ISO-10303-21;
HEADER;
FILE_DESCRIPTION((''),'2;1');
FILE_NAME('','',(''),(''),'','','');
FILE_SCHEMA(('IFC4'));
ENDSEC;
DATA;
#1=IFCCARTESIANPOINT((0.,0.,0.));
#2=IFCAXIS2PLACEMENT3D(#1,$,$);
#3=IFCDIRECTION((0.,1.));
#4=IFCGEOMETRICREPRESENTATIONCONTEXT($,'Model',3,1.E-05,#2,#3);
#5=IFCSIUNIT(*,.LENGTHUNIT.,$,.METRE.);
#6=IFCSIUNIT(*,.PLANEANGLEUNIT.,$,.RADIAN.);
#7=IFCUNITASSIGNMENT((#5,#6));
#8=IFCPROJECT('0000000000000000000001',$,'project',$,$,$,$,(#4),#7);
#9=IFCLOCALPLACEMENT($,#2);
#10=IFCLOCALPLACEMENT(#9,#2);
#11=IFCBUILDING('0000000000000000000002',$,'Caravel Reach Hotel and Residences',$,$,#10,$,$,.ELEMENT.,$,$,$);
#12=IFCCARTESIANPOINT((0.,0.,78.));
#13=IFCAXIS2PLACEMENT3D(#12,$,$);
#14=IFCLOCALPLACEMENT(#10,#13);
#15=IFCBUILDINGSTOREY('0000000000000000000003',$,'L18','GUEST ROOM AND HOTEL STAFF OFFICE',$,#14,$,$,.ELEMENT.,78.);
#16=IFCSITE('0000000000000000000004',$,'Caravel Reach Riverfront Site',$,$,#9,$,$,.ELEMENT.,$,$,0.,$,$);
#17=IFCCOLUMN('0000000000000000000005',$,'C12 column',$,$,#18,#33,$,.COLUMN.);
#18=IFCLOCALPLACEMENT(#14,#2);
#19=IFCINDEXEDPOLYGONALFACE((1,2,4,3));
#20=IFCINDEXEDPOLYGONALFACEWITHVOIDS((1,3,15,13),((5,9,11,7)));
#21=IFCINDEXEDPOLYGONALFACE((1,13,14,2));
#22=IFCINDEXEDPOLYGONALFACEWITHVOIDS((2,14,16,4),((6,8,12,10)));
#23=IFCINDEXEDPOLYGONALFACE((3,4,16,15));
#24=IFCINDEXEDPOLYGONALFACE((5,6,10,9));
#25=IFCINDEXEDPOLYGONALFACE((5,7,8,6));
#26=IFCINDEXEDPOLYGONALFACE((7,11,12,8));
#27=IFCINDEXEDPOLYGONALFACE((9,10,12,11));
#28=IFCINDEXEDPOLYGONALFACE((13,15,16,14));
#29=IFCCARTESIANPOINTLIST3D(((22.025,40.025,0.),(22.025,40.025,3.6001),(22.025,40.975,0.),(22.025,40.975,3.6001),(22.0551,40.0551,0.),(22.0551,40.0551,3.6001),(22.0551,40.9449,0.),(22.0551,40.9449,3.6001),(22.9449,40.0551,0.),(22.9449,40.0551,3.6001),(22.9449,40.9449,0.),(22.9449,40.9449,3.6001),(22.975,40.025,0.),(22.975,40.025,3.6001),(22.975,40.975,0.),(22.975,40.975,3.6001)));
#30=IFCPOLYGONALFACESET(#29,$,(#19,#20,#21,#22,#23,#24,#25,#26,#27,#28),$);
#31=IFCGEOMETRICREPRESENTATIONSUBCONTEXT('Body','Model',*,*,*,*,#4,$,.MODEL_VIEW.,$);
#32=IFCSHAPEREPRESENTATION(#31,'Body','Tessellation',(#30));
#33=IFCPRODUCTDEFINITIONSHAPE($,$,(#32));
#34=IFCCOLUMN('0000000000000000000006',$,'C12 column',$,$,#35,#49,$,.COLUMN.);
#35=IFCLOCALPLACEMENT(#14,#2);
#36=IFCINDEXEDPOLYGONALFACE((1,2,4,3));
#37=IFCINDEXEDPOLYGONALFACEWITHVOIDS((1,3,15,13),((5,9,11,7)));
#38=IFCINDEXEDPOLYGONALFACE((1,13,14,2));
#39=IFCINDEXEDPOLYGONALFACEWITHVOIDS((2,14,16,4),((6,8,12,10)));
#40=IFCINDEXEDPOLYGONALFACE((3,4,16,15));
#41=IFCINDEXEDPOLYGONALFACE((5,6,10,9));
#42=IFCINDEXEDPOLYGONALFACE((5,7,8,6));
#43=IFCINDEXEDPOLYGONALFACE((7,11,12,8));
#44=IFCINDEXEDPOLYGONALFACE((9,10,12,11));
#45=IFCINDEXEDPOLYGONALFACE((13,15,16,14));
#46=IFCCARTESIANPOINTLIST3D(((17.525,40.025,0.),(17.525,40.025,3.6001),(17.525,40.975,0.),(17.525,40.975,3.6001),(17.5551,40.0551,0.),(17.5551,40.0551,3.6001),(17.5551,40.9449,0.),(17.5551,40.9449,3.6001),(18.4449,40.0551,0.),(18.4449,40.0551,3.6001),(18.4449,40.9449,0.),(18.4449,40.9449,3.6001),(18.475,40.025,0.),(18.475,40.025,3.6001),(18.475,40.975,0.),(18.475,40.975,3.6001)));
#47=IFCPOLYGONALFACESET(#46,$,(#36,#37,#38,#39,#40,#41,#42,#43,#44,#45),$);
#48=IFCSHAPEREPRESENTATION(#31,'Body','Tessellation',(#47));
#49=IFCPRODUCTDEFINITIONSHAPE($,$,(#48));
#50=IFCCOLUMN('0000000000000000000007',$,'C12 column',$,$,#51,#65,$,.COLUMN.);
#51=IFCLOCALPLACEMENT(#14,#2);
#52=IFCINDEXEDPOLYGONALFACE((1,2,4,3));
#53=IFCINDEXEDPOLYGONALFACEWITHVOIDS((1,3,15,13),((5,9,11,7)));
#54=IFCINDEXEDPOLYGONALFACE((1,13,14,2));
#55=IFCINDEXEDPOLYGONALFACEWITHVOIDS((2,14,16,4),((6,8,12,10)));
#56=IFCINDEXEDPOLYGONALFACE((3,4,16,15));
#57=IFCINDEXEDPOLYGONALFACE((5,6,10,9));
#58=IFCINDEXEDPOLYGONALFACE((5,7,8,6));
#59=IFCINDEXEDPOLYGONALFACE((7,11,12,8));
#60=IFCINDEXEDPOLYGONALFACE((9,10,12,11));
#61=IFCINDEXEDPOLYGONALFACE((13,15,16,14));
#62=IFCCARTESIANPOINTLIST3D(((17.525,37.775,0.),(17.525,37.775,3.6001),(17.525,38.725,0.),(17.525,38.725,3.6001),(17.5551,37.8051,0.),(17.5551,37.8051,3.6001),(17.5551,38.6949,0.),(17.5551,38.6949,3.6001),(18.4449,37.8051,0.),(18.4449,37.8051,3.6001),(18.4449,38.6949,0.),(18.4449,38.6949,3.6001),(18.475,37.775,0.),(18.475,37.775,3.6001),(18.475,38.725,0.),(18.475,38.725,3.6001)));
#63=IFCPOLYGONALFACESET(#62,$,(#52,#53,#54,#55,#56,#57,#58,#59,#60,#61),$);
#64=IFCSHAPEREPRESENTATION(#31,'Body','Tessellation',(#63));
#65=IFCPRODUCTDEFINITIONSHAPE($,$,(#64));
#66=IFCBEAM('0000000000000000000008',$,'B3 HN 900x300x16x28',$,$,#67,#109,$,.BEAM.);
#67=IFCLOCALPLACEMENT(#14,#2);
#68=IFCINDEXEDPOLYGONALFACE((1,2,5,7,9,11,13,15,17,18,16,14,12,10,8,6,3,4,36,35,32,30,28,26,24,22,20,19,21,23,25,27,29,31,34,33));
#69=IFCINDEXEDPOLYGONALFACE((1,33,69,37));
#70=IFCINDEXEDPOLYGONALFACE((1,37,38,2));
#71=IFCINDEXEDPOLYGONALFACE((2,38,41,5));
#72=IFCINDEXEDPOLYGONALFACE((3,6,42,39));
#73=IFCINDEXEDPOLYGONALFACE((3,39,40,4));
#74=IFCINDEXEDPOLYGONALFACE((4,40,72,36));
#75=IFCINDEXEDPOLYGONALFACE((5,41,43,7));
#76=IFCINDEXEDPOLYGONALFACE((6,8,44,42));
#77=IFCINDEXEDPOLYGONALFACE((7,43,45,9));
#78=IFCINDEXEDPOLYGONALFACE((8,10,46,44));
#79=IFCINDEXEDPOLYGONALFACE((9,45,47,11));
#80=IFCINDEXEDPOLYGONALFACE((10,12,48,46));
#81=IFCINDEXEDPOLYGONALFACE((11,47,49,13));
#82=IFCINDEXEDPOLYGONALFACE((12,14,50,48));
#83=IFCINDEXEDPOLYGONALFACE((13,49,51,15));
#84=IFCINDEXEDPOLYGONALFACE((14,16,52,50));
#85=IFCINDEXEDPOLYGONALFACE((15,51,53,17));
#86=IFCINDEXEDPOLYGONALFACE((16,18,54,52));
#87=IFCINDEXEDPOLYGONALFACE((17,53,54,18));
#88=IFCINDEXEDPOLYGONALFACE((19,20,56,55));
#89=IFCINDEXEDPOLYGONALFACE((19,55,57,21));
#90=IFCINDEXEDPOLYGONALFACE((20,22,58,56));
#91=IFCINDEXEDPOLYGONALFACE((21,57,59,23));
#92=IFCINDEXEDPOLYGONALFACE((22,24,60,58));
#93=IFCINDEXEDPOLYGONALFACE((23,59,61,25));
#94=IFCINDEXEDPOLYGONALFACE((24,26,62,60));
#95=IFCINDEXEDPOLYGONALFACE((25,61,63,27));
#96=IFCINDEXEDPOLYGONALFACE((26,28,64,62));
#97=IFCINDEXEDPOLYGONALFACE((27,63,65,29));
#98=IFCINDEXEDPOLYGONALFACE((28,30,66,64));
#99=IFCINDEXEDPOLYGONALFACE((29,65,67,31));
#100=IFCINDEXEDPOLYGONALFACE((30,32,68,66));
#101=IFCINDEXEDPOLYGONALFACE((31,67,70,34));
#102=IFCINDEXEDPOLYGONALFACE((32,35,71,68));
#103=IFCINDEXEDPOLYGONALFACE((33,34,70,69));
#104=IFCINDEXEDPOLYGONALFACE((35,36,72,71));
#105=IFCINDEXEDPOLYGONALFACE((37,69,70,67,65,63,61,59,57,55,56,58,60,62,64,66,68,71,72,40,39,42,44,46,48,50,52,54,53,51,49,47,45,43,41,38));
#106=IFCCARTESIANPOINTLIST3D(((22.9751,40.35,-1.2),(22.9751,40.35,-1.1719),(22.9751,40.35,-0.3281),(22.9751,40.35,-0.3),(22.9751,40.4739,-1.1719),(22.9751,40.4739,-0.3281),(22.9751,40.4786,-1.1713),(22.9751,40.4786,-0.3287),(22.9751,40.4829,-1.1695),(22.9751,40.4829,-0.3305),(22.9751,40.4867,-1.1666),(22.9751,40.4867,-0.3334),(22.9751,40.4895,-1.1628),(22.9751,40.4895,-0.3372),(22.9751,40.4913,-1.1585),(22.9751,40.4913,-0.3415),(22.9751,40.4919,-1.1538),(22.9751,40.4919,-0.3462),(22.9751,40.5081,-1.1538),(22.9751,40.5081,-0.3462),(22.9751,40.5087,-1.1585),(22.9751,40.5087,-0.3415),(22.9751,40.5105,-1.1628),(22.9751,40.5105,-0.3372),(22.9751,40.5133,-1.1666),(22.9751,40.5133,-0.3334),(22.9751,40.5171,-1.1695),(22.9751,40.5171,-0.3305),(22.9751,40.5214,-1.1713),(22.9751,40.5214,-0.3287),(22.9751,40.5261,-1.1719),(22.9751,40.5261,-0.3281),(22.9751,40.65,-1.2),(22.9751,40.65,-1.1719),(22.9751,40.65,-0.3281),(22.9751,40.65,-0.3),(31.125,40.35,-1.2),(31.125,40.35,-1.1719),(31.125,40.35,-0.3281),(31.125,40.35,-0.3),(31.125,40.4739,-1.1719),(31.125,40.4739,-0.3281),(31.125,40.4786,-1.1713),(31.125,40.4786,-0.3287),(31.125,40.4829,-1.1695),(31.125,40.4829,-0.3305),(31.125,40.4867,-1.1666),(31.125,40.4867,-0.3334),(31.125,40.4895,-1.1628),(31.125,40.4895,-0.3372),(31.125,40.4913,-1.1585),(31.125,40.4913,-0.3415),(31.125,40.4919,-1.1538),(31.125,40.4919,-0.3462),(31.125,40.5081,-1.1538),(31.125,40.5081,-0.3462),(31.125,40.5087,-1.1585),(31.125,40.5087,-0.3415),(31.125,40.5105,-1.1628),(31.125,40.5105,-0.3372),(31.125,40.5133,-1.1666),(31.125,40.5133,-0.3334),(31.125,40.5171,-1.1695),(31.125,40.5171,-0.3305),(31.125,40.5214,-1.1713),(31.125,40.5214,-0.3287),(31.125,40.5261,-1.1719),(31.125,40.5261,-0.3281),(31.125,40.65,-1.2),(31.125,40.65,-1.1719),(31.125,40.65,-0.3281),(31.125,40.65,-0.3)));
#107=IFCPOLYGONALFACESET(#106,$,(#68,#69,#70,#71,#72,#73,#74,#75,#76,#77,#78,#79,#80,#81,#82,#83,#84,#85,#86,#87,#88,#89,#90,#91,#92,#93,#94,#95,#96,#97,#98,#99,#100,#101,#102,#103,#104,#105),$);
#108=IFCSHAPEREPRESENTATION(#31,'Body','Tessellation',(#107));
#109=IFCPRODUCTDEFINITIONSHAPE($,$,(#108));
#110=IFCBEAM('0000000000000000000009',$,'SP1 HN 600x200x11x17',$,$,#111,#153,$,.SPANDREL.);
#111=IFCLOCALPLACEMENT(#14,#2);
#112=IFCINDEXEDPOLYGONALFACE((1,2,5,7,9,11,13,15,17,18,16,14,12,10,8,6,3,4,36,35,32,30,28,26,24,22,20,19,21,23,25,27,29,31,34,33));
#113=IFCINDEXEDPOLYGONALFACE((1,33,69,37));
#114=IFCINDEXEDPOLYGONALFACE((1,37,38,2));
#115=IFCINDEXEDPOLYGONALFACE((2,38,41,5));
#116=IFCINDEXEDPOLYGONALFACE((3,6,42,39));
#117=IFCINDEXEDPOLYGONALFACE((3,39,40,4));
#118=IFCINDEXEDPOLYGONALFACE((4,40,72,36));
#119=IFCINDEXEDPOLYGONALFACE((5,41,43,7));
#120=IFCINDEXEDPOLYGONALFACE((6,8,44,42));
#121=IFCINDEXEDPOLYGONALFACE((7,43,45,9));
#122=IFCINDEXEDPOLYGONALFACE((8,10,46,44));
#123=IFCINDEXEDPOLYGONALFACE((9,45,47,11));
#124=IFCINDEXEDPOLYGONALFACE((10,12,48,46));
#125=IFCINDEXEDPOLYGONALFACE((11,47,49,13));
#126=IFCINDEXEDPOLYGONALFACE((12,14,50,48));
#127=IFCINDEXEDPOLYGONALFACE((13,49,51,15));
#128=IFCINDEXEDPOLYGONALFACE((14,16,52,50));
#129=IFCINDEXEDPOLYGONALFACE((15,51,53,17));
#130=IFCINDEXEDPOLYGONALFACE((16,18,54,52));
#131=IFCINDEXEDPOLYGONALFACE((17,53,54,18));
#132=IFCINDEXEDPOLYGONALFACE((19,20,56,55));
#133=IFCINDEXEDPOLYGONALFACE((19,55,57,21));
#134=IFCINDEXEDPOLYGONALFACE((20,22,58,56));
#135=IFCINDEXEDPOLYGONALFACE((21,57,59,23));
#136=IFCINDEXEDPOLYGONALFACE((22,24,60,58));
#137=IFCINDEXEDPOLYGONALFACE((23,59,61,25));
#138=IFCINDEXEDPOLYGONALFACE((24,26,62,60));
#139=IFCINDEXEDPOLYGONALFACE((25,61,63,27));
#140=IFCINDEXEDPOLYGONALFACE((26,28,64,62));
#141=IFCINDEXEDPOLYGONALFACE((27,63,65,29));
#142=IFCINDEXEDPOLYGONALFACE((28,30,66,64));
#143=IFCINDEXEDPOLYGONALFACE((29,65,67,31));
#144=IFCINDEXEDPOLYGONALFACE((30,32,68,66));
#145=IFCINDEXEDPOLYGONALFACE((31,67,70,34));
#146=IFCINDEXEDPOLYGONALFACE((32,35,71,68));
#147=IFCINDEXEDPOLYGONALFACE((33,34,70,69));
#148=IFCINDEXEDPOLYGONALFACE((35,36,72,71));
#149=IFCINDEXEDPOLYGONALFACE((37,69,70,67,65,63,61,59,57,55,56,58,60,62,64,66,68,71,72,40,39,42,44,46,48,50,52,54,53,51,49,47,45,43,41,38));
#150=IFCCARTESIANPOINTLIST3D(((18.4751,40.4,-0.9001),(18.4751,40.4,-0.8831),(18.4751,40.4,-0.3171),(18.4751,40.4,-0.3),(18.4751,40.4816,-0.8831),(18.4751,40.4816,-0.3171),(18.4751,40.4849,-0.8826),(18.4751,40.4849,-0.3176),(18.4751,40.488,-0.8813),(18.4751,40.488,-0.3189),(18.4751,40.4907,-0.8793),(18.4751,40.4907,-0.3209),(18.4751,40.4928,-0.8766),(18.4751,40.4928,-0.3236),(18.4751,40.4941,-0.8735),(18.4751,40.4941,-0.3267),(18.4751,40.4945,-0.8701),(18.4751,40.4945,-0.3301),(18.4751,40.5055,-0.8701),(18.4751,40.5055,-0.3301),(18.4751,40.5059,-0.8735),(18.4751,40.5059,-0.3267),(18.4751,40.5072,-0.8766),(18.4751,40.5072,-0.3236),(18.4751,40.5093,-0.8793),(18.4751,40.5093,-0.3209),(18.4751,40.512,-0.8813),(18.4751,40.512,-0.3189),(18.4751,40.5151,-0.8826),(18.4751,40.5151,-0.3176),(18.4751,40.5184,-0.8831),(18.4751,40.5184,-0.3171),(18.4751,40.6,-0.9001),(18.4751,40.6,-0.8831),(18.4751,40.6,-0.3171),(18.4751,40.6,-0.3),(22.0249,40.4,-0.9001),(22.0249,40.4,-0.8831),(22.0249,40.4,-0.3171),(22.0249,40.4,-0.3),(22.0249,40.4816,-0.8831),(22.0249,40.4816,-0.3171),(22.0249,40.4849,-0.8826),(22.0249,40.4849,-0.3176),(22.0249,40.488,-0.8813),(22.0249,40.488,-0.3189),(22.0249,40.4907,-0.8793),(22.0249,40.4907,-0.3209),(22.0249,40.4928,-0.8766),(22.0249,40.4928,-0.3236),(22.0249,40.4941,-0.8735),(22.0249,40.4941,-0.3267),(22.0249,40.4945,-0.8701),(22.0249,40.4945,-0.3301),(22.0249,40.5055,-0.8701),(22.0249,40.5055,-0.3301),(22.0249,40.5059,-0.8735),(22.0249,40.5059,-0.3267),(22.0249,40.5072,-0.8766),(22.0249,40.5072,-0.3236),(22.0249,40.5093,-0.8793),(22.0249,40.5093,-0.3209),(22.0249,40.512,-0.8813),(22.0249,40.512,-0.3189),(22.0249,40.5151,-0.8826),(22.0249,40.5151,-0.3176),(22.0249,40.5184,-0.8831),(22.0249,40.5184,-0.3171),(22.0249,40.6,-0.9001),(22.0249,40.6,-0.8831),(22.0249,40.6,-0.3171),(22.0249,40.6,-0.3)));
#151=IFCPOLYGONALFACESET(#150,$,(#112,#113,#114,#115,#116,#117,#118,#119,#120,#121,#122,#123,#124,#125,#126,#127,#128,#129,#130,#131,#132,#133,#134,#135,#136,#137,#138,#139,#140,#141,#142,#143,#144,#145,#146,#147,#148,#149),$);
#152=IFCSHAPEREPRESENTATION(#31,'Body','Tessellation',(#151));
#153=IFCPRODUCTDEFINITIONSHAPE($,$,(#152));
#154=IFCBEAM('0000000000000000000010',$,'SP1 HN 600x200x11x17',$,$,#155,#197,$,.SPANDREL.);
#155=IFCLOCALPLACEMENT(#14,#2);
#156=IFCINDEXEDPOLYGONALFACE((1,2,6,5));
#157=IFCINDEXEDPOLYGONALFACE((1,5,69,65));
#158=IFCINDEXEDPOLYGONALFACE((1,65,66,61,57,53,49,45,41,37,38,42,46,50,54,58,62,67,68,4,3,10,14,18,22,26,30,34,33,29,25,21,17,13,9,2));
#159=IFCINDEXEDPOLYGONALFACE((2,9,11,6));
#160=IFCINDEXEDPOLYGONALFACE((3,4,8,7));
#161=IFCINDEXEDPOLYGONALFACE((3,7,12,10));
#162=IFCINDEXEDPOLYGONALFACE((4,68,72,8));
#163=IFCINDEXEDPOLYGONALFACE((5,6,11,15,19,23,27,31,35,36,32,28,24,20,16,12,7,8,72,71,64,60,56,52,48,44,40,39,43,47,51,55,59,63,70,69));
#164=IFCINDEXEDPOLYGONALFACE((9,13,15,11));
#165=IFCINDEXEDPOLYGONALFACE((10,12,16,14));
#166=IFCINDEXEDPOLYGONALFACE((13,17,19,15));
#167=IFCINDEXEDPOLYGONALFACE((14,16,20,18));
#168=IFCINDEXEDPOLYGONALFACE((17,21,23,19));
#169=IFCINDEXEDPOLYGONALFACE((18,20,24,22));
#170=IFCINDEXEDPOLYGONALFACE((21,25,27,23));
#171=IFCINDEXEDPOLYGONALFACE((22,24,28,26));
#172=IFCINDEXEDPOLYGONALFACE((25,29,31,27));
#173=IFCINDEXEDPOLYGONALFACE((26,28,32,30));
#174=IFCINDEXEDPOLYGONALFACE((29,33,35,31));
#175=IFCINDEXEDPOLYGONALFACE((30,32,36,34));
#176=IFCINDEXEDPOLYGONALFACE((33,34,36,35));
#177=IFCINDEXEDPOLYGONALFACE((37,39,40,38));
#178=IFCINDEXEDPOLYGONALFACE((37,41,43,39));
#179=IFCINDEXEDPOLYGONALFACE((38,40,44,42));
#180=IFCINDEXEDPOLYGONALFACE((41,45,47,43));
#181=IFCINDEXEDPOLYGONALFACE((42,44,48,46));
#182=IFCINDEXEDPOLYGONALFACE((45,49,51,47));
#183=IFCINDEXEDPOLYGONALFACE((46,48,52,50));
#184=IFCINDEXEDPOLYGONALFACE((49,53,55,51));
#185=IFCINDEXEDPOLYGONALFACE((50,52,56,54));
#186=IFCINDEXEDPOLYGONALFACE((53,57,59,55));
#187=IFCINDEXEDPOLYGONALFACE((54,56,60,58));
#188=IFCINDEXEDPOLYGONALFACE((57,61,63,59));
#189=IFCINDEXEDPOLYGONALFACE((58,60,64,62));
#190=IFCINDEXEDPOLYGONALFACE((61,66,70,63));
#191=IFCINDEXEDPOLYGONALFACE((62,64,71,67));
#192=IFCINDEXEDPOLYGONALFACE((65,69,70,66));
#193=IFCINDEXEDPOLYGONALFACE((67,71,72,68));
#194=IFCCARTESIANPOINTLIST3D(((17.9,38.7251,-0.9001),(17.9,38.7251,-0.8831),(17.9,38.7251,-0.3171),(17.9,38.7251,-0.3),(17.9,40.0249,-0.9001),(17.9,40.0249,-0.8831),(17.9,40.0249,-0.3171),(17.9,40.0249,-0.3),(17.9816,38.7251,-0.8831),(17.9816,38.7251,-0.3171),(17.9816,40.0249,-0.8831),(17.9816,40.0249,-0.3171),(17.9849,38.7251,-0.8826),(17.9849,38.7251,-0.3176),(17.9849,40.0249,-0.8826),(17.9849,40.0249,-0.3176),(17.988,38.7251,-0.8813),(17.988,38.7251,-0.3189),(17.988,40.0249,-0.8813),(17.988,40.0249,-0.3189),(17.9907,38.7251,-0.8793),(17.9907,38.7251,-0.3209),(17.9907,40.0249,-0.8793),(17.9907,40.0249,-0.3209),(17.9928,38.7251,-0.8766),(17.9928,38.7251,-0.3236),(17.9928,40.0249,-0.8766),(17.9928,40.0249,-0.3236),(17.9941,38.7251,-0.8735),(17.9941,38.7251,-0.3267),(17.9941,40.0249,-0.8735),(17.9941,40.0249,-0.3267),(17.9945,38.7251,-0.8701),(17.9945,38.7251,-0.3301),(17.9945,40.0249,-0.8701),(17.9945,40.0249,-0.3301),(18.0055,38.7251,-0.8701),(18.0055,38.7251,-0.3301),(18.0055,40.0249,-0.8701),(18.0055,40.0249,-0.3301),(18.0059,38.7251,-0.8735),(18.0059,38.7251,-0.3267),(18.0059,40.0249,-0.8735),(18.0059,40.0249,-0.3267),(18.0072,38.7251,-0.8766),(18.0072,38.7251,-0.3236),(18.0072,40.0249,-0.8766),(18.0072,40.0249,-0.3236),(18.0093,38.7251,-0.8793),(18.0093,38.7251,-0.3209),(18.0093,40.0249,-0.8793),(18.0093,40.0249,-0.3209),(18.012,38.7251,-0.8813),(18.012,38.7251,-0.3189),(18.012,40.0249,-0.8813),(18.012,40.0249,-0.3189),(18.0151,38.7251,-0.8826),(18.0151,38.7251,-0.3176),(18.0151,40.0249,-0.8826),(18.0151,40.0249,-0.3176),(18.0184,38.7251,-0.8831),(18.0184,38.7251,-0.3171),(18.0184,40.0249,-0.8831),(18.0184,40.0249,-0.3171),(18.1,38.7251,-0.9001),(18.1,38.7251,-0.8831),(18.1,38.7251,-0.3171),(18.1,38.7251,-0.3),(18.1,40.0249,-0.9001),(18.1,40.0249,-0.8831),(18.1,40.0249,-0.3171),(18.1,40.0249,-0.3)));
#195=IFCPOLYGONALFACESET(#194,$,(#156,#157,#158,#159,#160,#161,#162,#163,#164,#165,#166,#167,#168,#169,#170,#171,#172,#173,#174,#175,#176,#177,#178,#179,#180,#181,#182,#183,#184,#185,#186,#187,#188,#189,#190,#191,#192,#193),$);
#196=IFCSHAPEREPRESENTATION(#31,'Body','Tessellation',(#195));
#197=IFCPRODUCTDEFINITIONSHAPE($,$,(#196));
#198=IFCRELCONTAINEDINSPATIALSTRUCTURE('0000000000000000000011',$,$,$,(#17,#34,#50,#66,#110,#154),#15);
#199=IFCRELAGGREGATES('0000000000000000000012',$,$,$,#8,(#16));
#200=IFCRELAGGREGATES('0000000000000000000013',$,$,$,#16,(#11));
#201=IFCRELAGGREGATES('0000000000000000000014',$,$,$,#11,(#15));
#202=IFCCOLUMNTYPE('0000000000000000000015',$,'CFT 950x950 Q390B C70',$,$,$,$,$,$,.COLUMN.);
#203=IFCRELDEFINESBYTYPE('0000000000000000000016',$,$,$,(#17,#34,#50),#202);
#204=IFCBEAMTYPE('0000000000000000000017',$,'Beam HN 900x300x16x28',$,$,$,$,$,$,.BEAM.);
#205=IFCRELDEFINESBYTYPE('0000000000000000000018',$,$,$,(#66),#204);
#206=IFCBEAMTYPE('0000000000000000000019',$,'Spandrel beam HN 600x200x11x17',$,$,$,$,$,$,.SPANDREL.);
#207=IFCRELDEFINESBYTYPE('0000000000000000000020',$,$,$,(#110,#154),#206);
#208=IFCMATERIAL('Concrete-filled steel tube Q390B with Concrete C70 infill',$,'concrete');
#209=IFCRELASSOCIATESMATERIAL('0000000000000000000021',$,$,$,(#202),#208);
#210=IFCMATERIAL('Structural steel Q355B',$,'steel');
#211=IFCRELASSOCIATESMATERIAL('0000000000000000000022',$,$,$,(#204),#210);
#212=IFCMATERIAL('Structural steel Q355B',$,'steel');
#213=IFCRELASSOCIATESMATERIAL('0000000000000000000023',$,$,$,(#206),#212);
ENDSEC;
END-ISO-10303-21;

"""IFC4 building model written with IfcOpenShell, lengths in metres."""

from ifc_helpers import new_model, si_unit, direction, frame, origin, origin_2d, place, context, subcontext, project, spatial, hollow_rectangle, i_section, extrude, material, material_profile, profile_set, type_object, element, save


model = new_model("IFC4")

# Units and contexts
model_context = context("Model", 3, precision=1e-05, world=origin(), true_north=direction((0.0, 1.0)))
body_context = subcontext(model_context, "Body", "Model", "MODEL_VIEW")
ifc_project = project(units=[si_unit("LENGTHUNIT", "METRE"), si_unit("PLANEANGLEUNIT", "RADIAN")], contexts=[model_context])

# Site, building, storey
site_placement = place(None, origin())
site = spatial("IfcSite", under=ifc_project, at=site_placement, Name="Caravel Reach Riverfront Site", CompositionType="ELEMENT", RefElevation=0.0)
building_placement = place(site_placement, origin())
building = spatial("IfcBuilding", under=site, at=building_placement, Name="Caravel Reach Hotel and Residences", CompositionType="ELEMENT")
storey_placement = place(building_placement, frame((0.0, 0.0, 78.0)))
storey = spatial("IfcBuildingStorey", under=building, at=storey_placement, Name="L18", Description="GUEST ROOM AND HOTEL STAFF OFFICE", CompositionType="ELEMENT", Elevation=78.0)

# Columns
ifc_material_1 = material(Name="Concrete-filled steel tube Q390B with Concrete C70 infill", Category="concrete")
ifc_material_profile_1 = material_profile(ifc_material_1, hollow_rectangle(XDim=0.95, YDim=0.95, WallThickness=0.03, at=origin_2d()), Name="RHS 950x950x30")
ifc_profile_set_1 = profile_set([ifc_material_profile_1], Name="Concrete-filled steel tube Q390B with Concrete C70 infill")
column_type = type_object("IfcColumnType", Name="CFT 950x950 Q390B C70", PredefinedType="COLUMN", material=ifc_profile_set_1)
for number, where, z_axis, x_axis, name in (
    (1, (22.5, 40.5, 0.0), (0.0, 0.0, 1.0), (1.0, 0.0, 0.0), "C12 column"),
    (2, (18.0, 40.5, 0.0), (0.0, 0.0, 1.0), (1.0, 0.0, 0.0), "C12 column"),
    (3, (18.0, 38.25, 0.0), (0.0, 0.0, 1.0), (1.0, 0.0, 0.0), "C12 column"),
):
    element("IfcColumn", number, at=place(storey_placement, frame(where, z_axis=z_axis, x_axis=x_axis)), inside=storey, type_object=column_type, Name=name, PredefinedType="COLUMN", context=body_context, shape_type="SweptSolid", body=[
        extrude(hollow_rectangle(XDim=0.95, YDim=0.95, WallThickness=0.03, at=origin_2d()), origin(), (0.0, 0.0, 1.0), 3.6001),
    ])

# Beams
ifc_material_2 = material(Name="Structural steel Q355B", Category="steel")
ifc_material_profile_2 = material_profile(ifc_material_2, i_section(OverallWidth=0.3, OverallDepth=0.8999, WebThickness=0.0161, FlangeThickness=0.0281, FilletRadius=0.0181, at=origin_2d()), Name="HN 900x300x16x28")
ifc_profile_set_2 = profile_set([ifc_material_profile_2], Name="Structural steel Q355B")
beam_type_1 = type_object("IfcBeamType", Name="Beam HN 900x300x16x28", PredefinedType="BEAM", material=ifc_profile_set_2)
beam_1_placement = place(storey_placement, frame((22.9751, 40.5, -0.75), z_axis=(1.0, 0.0, 0.0), x_axis=(0.0, 1.0, 0.0)))
element("IfcBeam", 4, at=beam_1_placement, inside=storey, type_object=beam_type_1, Name="B3 HN 900x300x16x28", PredefinedType="BEAM", context=body_context, shape_type="SweptSolid", body=[
    extrude(i_section(OverallWidth=0.3, OverallDepth=0.8999, WebThickness=0.0161, FlangeThickness=0.0281, FilletRadius=0.0181, at=origin_2d()), origin(), (0.0, 0.0, 1.0), 8.1499),
])
ifc_material_3 = material(Name="Structural steel Q355B", Category="steel")
ifc_material_profile_3 = material_profile(ifc_material_3, i_section(OverallWidth=0.2, OverallDepth=0.6001, WebThickness=0.011, FlangeThickness=0.0171, FilletRadius=0.0129, at=origin_2d()), Name="HN 600x200x11x17")
ifc_profile_set_3 = profile_set([ifc_material_profile_3], Name="Structural steel Q355B")
beam_type_2 = type_object("IfcBeamType", Name="Spandrel beam HN 600x200x11x17", PredefinedType="SPANDREL", material=ifc_profile_set_3)
beam_2_placement = place(storey_placement, frame((22.0249, 40.5, -0.6001), z_axis=(-1.0, 0.0, 0.0), x_axis=(0.0, -1.0, 0.0)))
element("IfcBeam", 5, at=beam_2_placement, inside=storey, type_object=beam_type_2, Name="SP1 HN 600x200x11x17", PredefinedType="SPANDREL", context=body_context, shape_type="SweptSolid", body=[
    extrude(i_section(OverallWidth=0.2, OverallDepth=0.6001, WebThickness=0.011, FlangeThickness=0.0171, FilletRadius=0.0129, at=origin_2d()), origin(), (0.0, 0.0, 1.0), 3.5498),
])
beam_3_placement = place(storey_placement, frame((18.0, 40.0249, -0.6001), z_axis=(0.0, -1.0, 0.0), x_axis=(1.0, 0.0, 0.0)))
element("IfcBeam", 6, at=beam_3_placement, inside=storey, type_object=beam_type_2, Name="SP1 HN 600x200x11x17", PredefinedType="SPANDREL", context=body_context, shape_type="SweptSolid", body=[
    extrude(i_section(OverallWidth=0.2, OverallDepth=0.6001, WebThickness=0.011, FlangeThickness=0.0171, FilletRadius=0.0129, at=origin_2d()), origin(), (0.0, 0.0, 1.0), 1.2998),
])

save(model, "model.ifc")
